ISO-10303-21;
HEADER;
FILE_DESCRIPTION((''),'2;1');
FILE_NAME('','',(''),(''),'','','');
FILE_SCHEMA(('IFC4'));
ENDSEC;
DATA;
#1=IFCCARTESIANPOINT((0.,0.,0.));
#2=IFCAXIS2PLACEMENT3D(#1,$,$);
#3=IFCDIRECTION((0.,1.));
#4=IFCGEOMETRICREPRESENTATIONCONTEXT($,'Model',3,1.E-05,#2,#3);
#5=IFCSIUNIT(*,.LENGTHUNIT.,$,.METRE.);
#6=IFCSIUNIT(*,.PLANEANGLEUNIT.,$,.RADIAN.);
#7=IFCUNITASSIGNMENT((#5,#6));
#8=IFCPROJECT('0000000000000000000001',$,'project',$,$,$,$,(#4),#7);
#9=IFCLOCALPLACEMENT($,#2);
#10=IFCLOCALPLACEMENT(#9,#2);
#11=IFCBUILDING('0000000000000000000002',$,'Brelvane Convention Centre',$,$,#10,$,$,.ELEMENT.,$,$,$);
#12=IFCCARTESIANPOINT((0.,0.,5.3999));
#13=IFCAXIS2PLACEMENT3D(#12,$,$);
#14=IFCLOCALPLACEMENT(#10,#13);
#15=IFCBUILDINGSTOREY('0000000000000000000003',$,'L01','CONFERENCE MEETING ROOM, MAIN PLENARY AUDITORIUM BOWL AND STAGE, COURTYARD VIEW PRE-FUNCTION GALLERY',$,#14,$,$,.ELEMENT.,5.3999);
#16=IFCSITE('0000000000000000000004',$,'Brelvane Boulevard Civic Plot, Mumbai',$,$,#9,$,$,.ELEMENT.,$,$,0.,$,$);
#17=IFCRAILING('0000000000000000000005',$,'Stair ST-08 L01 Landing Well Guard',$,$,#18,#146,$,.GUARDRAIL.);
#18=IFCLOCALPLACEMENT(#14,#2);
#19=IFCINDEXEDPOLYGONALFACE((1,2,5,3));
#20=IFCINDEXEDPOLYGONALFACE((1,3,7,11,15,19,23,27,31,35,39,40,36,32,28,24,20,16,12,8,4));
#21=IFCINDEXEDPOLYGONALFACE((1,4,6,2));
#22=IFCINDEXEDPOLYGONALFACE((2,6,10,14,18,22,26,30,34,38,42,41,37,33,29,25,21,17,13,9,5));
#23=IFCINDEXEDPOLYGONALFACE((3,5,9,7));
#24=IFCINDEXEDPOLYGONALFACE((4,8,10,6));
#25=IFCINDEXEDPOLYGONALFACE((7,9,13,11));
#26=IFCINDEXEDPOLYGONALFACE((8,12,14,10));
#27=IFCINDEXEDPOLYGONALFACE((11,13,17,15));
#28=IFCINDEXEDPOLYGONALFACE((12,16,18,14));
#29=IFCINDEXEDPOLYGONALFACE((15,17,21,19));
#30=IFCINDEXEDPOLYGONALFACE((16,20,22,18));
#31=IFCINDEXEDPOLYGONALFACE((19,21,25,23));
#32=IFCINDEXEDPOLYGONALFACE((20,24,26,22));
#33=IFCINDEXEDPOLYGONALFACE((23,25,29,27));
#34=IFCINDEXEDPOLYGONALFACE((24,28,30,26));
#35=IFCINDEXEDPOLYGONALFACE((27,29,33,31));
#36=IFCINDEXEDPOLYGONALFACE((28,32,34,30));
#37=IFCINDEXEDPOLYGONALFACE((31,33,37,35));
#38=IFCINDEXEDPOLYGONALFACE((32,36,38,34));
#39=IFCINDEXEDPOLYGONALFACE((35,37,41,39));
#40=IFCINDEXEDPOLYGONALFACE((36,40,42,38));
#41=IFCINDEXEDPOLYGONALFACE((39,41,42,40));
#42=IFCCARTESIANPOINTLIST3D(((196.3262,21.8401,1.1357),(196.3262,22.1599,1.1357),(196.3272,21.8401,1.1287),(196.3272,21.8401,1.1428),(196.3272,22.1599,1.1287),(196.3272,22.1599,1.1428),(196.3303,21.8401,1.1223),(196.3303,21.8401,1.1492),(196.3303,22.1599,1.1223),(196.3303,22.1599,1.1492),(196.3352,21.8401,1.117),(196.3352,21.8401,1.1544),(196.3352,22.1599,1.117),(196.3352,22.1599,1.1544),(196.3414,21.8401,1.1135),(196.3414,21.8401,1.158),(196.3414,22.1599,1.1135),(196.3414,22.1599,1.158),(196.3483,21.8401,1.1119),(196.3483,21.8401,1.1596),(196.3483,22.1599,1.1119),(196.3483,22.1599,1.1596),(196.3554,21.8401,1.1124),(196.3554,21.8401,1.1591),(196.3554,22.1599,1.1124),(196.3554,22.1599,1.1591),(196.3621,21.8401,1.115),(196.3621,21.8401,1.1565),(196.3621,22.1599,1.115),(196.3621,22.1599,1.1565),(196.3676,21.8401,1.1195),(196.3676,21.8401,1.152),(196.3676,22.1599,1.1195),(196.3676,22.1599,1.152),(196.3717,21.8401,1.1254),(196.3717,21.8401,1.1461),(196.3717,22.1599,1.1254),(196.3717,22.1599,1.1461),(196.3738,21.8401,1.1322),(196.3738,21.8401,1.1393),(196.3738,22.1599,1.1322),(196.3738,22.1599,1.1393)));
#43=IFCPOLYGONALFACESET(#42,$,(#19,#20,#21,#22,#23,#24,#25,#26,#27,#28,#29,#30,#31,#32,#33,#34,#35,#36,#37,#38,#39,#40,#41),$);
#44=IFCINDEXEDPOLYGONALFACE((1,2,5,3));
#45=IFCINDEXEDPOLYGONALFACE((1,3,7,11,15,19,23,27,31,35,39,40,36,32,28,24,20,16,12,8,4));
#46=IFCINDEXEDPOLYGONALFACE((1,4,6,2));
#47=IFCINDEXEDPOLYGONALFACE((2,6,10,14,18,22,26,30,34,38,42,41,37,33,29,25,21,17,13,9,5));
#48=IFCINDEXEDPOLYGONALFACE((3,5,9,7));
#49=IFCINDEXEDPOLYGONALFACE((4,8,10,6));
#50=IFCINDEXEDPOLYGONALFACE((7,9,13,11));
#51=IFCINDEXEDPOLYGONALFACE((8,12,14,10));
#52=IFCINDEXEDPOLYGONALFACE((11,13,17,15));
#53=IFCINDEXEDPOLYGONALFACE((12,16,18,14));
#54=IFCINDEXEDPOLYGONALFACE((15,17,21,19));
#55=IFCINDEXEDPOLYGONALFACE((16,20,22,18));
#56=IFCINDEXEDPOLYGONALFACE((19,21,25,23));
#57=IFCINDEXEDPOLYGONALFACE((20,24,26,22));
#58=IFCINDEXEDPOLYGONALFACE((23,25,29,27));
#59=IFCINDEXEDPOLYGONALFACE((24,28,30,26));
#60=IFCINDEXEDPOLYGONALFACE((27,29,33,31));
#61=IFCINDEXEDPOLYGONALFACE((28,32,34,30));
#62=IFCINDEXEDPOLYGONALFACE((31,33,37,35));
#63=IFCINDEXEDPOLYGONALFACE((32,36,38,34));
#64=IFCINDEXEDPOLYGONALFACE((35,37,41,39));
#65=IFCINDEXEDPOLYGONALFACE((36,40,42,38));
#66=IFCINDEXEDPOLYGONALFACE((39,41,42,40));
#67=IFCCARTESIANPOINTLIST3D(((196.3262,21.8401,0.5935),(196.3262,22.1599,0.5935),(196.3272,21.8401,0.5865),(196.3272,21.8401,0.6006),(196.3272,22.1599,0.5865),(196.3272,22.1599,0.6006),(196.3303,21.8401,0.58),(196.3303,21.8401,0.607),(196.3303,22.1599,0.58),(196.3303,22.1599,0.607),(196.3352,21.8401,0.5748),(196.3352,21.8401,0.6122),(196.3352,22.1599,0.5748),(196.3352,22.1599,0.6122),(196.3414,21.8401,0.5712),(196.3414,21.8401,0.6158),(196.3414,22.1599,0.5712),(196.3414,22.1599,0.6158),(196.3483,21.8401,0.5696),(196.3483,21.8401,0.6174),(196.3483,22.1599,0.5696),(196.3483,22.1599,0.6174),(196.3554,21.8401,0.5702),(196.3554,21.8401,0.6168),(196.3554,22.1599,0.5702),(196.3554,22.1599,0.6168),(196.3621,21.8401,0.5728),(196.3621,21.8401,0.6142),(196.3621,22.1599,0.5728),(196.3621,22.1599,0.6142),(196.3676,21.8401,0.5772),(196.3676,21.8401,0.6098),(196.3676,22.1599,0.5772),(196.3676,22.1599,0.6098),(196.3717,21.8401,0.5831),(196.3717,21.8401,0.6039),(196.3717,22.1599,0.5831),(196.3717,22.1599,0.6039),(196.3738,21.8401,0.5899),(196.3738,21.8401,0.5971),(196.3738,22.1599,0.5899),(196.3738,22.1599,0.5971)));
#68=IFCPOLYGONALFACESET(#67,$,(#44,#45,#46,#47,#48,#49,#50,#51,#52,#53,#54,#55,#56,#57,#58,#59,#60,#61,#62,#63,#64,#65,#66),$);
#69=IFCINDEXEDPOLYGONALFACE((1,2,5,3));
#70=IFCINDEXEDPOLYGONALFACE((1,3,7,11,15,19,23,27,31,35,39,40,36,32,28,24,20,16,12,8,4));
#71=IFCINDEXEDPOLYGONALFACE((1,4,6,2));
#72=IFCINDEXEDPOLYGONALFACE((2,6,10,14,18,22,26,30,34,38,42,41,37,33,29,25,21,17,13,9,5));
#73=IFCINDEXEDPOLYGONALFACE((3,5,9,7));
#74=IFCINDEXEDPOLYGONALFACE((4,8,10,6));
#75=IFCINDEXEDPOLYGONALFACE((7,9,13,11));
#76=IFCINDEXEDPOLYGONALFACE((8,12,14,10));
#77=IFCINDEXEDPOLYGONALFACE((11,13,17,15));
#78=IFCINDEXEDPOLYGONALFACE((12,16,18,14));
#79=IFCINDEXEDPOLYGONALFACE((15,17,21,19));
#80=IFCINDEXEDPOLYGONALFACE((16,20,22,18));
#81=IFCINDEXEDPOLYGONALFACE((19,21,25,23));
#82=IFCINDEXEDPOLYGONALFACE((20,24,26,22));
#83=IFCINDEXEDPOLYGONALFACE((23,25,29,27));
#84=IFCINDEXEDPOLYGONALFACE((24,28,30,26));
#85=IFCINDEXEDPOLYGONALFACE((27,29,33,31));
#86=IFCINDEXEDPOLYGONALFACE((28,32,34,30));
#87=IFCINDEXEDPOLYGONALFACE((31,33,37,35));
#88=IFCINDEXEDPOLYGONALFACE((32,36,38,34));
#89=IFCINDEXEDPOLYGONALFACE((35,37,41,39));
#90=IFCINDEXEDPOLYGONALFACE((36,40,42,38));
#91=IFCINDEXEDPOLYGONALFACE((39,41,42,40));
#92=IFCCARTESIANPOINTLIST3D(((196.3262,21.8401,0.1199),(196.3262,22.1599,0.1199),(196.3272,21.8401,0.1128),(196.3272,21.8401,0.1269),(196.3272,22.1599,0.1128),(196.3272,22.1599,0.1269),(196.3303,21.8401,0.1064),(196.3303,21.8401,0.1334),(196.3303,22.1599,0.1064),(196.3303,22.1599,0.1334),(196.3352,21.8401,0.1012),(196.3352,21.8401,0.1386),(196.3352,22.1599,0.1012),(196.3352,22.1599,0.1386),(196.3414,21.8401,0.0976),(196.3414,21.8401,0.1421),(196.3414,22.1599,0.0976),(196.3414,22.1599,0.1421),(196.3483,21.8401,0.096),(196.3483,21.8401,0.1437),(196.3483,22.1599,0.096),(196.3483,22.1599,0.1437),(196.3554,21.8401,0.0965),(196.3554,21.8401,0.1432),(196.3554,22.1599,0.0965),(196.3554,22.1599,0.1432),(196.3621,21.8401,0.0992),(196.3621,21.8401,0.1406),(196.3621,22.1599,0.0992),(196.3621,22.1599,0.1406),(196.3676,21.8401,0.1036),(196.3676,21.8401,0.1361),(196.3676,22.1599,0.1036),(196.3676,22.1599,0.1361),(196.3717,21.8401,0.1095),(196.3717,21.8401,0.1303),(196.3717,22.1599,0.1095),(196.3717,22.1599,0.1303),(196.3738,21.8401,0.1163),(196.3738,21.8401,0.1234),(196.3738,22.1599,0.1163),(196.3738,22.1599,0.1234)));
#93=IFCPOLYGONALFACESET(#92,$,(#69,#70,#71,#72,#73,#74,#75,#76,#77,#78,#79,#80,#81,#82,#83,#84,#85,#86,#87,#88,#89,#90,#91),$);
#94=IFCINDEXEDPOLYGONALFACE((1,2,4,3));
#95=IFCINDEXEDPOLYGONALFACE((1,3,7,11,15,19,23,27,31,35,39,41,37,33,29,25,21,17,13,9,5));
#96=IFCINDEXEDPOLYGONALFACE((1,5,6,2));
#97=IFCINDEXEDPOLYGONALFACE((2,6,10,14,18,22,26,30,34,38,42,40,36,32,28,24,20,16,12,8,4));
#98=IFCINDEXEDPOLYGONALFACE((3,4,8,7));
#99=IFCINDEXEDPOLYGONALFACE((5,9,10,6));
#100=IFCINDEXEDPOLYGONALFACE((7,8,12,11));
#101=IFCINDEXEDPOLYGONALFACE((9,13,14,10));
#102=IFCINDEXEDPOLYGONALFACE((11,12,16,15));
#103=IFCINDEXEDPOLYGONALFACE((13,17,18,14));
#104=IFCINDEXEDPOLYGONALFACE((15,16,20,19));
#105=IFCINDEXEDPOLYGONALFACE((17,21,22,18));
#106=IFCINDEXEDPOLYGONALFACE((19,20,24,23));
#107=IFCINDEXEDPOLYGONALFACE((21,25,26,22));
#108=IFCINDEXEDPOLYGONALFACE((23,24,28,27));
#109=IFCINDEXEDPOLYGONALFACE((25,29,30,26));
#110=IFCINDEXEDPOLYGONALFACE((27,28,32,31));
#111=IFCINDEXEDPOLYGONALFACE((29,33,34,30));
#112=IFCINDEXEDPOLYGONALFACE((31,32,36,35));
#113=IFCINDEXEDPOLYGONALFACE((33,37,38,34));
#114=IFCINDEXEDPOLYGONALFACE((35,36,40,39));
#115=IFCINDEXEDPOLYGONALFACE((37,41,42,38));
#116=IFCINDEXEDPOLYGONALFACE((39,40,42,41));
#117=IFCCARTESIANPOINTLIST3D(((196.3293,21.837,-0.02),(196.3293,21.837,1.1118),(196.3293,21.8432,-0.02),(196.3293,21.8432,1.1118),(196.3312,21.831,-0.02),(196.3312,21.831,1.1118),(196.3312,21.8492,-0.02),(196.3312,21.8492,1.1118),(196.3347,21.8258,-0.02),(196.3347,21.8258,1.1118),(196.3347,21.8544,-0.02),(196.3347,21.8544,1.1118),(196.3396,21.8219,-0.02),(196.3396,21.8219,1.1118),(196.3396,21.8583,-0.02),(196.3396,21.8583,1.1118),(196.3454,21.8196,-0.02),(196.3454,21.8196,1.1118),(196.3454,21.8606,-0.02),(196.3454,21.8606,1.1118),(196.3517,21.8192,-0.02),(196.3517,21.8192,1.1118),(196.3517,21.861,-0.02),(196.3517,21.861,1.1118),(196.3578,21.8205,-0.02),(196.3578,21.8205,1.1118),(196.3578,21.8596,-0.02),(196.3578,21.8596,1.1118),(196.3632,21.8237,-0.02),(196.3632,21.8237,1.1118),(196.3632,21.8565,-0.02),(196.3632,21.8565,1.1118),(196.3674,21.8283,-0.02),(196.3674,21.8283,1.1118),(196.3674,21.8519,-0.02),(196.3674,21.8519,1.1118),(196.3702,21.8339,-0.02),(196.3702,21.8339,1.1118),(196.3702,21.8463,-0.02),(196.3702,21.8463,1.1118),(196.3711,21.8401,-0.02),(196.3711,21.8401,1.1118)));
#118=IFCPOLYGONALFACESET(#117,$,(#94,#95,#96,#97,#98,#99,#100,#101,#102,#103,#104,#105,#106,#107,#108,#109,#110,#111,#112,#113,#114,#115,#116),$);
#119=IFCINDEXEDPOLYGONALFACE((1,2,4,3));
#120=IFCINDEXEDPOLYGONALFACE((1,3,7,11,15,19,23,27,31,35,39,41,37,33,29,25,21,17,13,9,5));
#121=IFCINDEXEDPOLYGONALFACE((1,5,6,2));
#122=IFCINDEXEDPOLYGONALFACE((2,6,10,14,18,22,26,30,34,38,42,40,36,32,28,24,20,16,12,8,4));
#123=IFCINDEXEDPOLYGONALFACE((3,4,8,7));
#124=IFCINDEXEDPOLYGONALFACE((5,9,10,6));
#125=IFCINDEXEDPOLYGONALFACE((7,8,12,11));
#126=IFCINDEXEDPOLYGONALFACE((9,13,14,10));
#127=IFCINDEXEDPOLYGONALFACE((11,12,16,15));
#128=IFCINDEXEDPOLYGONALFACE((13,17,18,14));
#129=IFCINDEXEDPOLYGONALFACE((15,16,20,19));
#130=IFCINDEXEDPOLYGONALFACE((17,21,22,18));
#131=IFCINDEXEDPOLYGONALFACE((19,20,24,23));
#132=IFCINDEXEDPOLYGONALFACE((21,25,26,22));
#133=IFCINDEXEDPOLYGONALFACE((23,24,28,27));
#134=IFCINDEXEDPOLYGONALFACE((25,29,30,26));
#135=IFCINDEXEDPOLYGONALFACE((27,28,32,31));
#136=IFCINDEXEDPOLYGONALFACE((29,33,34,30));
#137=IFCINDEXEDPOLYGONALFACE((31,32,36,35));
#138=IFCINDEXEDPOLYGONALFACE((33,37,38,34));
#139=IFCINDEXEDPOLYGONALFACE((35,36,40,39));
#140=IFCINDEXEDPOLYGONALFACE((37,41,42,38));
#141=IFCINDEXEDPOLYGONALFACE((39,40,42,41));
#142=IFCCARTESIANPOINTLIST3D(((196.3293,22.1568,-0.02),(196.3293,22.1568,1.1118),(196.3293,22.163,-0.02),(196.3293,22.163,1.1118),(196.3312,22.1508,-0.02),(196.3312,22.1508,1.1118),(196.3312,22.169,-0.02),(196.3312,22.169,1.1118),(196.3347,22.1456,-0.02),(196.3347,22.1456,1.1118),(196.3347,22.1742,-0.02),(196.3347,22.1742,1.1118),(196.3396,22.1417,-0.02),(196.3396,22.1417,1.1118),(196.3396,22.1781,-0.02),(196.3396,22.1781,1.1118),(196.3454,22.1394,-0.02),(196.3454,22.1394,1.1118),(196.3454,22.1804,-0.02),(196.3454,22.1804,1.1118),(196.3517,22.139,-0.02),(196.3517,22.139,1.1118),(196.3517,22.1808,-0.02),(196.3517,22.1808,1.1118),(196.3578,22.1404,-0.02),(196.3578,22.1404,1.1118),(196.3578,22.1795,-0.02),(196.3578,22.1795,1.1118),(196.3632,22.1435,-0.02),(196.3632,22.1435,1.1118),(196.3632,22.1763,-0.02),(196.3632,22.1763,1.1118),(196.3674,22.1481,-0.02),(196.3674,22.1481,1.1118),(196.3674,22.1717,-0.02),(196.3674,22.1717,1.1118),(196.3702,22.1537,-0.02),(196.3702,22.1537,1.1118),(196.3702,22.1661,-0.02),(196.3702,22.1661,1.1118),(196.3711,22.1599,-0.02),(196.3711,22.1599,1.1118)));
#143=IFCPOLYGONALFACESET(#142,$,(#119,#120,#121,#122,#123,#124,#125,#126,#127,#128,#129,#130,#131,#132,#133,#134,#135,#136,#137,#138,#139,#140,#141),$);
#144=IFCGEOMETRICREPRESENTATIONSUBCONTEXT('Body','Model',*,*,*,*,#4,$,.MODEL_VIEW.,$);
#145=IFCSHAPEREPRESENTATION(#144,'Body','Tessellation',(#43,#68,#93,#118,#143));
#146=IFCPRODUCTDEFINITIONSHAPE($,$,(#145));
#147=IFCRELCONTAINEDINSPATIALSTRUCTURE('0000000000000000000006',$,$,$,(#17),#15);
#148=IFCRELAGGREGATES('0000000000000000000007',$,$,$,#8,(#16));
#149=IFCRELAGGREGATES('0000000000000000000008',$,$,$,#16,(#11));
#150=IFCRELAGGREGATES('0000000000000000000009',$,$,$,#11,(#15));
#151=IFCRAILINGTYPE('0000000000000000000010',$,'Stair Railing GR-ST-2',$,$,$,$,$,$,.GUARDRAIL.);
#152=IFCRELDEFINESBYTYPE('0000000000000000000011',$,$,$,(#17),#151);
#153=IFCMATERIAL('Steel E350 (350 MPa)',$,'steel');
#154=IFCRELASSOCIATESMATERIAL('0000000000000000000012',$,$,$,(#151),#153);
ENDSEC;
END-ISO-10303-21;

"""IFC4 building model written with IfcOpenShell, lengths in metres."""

from ifc_helpers import new_model, si_unit, direction, frame, origin, origin_2d, place, context, subcontext, project, spatial, circle, extrude, material, type_object, element, save


model = new_model("IFC4")

# Units and contexts
model_context = context("Model", 3, precision=1e-05, world=origin(), true_north=direction((0.0, 1.0)))
body_context = subcontext(model_context, "Body", "Model", "MODEL_VIEW")
ifc_project = project(units=[si_unit("LENGTHUNIT", "METRE"), si_unit("PLANEANGLEUNIT", "RADIAN")], contexts=[model_context])

# Site, building, storey
site_placement = place(None, origin())
site = spatial("IfcSite", under=ifc_project, at=site_placement, Name="Brelvane Boulevard Civic Plot, Mumbai", CompositionType="ELEMENT", RefElevation=0.0)
building_placement = place(site_placement, origin())
building = spatial("IfcBuilding", under=site, at=building_placement, Name="Brelvane Convention Centre", CompositionType="ELEMENT")
storey_placement = place(building_placement, frame((0.0, 0.0, 5.3999)))
storey = spatial("IfcBuildingStorey", under=building, at=storey_placement, Name="L01", Description="CONFERENCE MEETING ROOM, MAIN PLENARY AUDITORIUM BOWL AND STAGE, COURTYARD VIEW PRE-FUNCTION GALLERY", CompositionType="ELEMENT", Elevation=5.3999)

# Railing
ifc_material_1 = material(Name="Steel E350 (350 MPa)", Category="steel")
railing_type_1 = type_object("IfcRailingType", Name="Stair Railing GR-ST-2", PredefinedType="GUARDRAIL", material=ifc_material_1)
railing_1_placement = place(storey_placement, frame((196.3501, 21.8401, -0.02)))
element("IfcRailing", 1, at=railing_1_placement, inside=storey, type_object=railing_type_1, Name="Stair ST-08 L01 Landing Well Guard", PredefinedType="GUARDRAIL", context=body_context, shape_type="SweptSolid", body=[
    extrude(circle(Radius=0.0239, at=origin_2d()), frame((0.0, 0.0, 1.1558), z_axis=(0.0, 1.0, 0.0), x_axis=(-1.0, 0.0, 0.0)), (0.0, 0.0, 1.0), 0.3198),
    extrude(circle(Radius=0.0239, at=origin_2d()), frame((0.0, 0.0, 0.6135), z_axis=(0.0, 1.0, 0.0), x_axis=(-1.0, 0.0, 0.0)), (0.0, 0.0, 1.0), 0.3198),
    extrude(circle(Radius=0.0239, at=origin_2d()), frame((0.0, 0.0, 0.1399), z_axis=(0.0, 1.0, 0.0), x_axis=(-1.0, 0.0, 0.0)), (0.0, 0.0, 1.0), 0.3198),
    extrude(circle(Radius=0.021, at=origin_2d()), origin(), (0.0, 0.0, 1.0), 1.1318),
    extrude(circle(Radius=0.021, at=origin_2d()), frame((0.0, 0.3198, 0.0)), (0.0, 0.0, 1.0), 1.1318),
])

save(model, "model.ifc")
